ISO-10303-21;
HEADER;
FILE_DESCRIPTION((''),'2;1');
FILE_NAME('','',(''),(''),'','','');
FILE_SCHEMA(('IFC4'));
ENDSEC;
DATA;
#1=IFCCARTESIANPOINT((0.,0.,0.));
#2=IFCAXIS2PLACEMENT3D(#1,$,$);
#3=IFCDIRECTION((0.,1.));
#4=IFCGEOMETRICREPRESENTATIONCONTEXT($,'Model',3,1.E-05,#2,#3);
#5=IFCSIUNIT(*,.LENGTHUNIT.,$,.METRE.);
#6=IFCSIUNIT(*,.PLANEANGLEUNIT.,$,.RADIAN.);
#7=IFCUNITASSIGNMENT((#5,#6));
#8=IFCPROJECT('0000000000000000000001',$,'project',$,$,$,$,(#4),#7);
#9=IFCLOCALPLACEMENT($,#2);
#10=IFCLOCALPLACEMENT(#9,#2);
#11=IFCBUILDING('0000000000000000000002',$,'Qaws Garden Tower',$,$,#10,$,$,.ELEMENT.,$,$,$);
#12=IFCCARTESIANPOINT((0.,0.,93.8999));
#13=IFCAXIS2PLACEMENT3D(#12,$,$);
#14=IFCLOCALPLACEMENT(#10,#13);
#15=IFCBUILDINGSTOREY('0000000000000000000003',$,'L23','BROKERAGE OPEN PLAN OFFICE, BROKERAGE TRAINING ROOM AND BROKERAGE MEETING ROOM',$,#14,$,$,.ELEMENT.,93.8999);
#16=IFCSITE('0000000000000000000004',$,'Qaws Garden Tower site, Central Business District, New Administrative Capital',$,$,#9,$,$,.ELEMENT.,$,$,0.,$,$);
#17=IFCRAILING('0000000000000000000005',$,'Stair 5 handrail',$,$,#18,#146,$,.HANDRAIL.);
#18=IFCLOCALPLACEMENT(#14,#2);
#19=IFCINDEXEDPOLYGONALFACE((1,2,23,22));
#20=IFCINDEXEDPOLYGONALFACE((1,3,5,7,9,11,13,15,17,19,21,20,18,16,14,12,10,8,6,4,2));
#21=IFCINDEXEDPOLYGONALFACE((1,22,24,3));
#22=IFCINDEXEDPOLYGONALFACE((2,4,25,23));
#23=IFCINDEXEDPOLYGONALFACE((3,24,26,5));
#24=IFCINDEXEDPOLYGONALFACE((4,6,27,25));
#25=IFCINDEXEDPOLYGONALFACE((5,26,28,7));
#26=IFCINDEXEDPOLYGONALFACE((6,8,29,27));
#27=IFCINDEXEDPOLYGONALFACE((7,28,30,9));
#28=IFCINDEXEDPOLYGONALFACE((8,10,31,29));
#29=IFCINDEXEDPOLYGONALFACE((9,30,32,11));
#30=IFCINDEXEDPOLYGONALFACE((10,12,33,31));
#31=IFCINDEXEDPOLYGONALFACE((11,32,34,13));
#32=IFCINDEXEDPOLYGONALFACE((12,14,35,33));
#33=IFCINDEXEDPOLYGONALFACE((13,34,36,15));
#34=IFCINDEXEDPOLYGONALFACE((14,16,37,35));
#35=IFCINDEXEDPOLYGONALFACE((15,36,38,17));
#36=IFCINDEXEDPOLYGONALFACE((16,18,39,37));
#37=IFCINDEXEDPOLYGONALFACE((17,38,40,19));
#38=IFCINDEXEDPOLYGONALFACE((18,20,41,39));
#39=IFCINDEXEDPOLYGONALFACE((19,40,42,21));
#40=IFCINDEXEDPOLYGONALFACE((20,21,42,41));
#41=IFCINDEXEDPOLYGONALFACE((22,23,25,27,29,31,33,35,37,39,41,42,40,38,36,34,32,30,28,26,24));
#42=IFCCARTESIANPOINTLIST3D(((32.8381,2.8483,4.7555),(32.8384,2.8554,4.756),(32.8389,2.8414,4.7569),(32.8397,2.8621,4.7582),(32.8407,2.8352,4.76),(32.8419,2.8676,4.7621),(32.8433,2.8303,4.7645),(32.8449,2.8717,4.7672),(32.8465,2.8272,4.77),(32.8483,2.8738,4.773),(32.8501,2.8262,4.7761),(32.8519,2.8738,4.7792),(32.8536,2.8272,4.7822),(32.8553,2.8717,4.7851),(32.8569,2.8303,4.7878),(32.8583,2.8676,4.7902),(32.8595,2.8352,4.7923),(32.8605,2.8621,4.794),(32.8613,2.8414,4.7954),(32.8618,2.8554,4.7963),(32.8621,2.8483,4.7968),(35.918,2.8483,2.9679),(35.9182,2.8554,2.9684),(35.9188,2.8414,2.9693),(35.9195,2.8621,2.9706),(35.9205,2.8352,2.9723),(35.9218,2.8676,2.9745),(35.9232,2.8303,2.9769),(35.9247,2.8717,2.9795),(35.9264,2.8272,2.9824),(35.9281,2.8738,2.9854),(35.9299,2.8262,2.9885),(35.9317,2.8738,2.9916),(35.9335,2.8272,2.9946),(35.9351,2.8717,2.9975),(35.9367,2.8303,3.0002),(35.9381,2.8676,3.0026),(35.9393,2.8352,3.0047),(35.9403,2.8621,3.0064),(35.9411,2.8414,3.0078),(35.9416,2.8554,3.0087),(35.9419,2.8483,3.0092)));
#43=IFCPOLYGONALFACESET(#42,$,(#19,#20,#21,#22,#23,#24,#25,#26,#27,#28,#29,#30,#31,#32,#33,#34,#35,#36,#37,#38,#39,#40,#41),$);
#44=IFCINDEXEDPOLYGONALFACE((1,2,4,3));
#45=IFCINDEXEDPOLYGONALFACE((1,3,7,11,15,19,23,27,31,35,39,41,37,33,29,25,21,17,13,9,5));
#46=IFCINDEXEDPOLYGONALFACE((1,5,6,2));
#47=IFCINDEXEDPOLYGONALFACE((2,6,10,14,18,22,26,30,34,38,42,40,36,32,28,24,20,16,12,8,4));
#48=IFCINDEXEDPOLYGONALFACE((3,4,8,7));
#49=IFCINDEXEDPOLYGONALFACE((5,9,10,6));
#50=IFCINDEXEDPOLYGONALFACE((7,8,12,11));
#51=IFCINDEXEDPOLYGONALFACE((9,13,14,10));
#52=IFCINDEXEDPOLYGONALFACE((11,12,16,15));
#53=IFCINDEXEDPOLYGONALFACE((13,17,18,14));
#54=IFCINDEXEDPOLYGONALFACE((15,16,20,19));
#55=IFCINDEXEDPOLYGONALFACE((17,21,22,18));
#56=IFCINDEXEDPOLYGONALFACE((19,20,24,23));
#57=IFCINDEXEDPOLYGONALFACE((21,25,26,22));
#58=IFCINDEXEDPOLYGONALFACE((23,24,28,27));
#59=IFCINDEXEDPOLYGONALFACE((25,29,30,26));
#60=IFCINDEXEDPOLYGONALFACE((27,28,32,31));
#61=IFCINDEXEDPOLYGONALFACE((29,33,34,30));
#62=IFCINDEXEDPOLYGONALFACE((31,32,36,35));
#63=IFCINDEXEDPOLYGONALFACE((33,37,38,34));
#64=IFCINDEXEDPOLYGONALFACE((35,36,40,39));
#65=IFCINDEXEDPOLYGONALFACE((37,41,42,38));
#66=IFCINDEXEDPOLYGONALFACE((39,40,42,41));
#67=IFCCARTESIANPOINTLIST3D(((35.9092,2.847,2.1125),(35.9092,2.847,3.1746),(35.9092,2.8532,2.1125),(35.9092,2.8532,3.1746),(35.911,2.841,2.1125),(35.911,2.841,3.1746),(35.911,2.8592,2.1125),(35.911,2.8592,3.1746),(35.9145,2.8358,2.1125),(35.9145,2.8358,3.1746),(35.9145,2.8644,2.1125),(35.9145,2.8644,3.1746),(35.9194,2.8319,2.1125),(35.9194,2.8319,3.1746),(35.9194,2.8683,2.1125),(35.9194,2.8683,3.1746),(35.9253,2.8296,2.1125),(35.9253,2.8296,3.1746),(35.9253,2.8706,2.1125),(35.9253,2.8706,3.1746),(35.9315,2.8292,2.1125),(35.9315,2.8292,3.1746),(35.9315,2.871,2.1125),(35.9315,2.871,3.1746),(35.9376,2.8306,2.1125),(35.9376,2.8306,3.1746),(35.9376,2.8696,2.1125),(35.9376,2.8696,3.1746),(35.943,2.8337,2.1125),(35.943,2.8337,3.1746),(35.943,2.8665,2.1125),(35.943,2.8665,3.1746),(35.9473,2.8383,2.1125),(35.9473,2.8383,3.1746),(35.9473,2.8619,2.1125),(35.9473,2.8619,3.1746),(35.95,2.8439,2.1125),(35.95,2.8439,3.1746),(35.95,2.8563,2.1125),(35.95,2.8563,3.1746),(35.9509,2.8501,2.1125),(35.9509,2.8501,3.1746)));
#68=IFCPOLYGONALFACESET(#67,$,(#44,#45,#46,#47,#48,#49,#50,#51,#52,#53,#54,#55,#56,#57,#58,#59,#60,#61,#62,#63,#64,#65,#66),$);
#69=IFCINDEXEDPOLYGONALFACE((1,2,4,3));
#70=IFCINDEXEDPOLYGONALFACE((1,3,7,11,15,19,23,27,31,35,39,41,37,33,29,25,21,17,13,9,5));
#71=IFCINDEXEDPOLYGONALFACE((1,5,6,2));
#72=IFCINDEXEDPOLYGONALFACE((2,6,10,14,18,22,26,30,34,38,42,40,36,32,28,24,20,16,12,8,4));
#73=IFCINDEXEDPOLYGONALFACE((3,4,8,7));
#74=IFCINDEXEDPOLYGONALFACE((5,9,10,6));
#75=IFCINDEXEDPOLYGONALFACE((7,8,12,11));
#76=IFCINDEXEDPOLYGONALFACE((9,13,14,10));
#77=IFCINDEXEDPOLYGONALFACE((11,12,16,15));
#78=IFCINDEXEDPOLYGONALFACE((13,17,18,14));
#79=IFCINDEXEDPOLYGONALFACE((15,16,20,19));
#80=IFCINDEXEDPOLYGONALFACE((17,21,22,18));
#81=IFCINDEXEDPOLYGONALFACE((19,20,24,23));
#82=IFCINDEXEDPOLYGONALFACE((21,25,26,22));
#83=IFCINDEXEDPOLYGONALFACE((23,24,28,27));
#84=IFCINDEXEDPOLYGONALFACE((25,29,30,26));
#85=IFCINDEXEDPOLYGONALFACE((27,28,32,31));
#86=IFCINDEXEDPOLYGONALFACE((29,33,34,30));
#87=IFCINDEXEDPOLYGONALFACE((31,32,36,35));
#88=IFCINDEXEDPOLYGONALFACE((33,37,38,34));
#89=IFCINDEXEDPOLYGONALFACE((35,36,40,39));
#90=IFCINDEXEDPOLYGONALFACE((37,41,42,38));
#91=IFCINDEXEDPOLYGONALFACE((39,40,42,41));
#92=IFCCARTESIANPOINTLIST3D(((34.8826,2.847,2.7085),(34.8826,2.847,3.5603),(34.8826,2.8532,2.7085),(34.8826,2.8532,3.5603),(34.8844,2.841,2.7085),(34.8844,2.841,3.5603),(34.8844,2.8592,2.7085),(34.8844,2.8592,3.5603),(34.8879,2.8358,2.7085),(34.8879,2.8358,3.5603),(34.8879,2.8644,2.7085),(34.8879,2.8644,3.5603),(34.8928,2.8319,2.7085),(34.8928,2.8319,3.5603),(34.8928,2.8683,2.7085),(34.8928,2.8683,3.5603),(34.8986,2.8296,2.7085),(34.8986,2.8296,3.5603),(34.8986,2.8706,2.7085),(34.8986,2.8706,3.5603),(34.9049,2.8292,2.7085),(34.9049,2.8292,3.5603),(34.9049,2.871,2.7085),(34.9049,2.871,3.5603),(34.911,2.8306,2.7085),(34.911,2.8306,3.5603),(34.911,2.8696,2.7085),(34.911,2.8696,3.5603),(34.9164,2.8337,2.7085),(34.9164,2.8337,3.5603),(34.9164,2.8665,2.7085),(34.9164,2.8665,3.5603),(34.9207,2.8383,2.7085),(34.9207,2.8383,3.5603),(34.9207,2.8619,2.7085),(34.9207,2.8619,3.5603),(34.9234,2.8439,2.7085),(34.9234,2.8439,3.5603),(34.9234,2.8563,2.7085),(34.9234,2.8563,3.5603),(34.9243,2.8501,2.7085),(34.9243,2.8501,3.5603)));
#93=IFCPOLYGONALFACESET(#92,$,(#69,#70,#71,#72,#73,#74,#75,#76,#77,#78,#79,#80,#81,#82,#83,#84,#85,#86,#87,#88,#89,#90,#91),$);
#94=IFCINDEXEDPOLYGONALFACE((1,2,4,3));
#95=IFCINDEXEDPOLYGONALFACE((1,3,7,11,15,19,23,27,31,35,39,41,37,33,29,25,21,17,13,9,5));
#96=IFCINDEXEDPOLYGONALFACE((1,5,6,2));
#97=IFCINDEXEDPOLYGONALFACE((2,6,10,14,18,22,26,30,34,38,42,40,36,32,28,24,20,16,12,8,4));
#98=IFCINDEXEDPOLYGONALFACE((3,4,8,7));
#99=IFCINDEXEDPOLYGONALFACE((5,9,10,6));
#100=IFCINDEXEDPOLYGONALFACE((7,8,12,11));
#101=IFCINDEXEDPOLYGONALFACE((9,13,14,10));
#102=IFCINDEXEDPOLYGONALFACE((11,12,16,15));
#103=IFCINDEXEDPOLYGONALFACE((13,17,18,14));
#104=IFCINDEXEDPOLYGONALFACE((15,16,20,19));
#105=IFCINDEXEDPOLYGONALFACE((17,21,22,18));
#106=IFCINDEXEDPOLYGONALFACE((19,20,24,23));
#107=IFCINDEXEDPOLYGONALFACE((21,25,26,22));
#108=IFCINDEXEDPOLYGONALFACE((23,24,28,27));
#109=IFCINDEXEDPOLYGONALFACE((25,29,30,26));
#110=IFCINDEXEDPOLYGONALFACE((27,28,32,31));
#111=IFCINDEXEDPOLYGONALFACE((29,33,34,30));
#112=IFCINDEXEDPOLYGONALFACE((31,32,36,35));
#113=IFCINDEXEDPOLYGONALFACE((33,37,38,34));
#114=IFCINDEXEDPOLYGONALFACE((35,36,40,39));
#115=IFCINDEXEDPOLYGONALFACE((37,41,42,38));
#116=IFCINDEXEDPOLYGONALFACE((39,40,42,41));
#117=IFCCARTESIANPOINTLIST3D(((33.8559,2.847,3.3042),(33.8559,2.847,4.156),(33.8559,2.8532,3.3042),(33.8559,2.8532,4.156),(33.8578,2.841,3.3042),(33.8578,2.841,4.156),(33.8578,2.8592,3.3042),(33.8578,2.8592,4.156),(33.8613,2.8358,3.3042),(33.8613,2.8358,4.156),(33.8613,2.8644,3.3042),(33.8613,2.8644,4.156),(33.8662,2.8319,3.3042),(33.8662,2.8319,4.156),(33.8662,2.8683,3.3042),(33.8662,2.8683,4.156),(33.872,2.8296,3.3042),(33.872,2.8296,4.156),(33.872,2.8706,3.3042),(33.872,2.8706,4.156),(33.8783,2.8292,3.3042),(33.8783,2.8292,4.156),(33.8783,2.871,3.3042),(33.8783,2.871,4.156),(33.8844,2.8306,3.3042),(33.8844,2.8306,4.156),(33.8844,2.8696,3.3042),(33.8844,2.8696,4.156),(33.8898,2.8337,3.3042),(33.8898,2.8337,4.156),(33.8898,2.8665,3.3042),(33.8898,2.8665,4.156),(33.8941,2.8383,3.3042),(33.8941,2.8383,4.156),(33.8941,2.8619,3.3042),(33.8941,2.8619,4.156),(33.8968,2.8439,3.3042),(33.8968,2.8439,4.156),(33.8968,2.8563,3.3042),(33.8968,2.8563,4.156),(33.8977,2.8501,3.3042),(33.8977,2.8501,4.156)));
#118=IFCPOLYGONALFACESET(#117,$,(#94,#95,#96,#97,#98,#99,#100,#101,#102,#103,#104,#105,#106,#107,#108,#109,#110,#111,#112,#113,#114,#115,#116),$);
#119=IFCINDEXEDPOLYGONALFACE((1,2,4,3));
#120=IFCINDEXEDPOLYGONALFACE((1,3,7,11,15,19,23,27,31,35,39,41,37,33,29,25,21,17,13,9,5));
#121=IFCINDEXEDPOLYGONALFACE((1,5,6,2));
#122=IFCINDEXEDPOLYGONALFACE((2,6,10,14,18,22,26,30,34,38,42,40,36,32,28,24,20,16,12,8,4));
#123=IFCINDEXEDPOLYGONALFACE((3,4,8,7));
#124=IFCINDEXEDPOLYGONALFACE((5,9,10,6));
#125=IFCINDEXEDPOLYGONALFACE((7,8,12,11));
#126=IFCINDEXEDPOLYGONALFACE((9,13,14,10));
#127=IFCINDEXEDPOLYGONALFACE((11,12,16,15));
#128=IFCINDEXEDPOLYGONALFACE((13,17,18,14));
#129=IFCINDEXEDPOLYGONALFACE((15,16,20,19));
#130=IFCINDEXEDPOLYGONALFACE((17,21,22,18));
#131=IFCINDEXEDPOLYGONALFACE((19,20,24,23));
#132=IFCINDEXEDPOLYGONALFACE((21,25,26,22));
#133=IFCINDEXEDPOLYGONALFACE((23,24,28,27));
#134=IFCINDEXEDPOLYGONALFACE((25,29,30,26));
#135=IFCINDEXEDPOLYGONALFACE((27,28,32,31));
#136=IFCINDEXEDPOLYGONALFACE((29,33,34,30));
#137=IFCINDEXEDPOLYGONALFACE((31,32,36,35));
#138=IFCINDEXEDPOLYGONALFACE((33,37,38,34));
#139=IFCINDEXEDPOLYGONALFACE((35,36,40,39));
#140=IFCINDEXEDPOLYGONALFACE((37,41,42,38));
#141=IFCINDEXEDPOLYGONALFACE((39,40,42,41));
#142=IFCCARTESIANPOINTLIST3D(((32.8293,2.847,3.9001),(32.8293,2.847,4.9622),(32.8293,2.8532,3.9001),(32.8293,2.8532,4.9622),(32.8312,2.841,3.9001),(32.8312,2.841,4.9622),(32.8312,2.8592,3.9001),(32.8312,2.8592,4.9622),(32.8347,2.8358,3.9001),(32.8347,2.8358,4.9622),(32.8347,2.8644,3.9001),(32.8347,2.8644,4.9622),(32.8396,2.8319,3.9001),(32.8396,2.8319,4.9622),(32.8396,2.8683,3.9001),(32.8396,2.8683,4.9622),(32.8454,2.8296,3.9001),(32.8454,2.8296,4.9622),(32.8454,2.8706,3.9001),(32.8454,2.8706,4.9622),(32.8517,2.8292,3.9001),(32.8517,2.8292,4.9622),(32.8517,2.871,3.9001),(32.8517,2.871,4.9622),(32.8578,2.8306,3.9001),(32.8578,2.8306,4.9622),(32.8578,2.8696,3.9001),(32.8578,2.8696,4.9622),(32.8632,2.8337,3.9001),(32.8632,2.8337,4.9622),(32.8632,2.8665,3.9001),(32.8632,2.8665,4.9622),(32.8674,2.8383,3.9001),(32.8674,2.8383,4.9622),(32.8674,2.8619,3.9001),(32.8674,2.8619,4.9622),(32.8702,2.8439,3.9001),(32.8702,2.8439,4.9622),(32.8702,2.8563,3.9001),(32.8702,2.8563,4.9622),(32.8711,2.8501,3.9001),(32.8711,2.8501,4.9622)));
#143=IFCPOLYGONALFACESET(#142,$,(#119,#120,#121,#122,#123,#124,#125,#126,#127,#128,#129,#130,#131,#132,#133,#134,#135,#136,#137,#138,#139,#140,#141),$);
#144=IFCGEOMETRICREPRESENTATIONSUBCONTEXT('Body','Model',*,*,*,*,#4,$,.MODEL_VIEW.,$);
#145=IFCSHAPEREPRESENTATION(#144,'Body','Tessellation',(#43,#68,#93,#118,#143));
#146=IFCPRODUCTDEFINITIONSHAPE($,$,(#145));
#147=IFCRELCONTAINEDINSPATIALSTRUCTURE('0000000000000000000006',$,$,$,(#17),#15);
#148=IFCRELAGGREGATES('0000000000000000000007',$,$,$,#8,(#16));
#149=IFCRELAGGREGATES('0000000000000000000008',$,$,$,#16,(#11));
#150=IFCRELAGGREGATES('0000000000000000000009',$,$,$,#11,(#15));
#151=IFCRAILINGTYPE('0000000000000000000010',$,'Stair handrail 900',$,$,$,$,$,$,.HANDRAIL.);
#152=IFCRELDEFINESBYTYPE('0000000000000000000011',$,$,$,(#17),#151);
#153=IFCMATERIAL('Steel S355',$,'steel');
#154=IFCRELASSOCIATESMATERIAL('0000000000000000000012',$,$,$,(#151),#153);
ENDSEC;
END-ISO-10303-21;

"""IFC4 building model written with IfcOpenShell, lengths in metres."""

from ifc_helpers import new_model, si_unit, direction, frame, origin, origin_2d, place, context, subcontext, project, spatial, circle, extrude, material, type_object, element, save


model = new_model("IFC4")

# Units and contexts
model_context = context("Model", 3, precision=1e-05, world=origin(), true_north=direction((0.0, 1.0)))
body_context = subcontext(model_context, "Body", "Model", "MODEL_VIEW")
ifc_project = project(units=[si_unit("LENGTHUNIT", "METRE"), si_unit("PLANEANGLEUNIT", "RADIAN")], contexts=[model_context])

# Site, building, storey
site_placement = place(None, origin())
site = spatial("IfcSite", under=ifc_project, at=site_placement, Name="Qaws Garden Tower site, Central Business District, New Administrative Capital", CompositionType="ELEMENT", RefElevation=0.0)
building_placement = place(site_placement, origin())
building = spatial("IfcBuilding", under=site, at=building_placement, Name="Qaws Garden Tower", CompositionType="ELEMENT")
storey_placement = place(building_placement, frame((0.0, 0.0, 93.8999)))
storey = spatial("IfcBuildingStorey", under=building, at=storey_placement, Name="L23", Description="BROKERAGE OPEN PLAN OFFICE, BROKERAGE TRAINING ROOM AND BROKERAGE MEETING ROOM", CompositionType="ELEMENT", Elevation=93.8999)

# Railing
ifc_material_1 = material(Name="Steel S355", Category="steel")
railing_type = type_object("IfcRailingType", Name="Stair handrail 900", PredefinedType="HANDRAIL", material=ifc_material_1)
railing_1_placement = place(storey_placement, frame((35.9299, 2.8501, 2.1125)))
element("IfcRailing", 1, at=railing_1_placement, inside=storey, type_object=railing_type, Name="Stair 5 handrail", PredefinedType="HANDRAIL", context=body_context, shape_type="SweptSolid", body=[
    extrude(circle(Radius=0.0239, at=origin_2d()), frame((0.0, 0.0, 0.876), z_axis=(-0.864873, 0.0, 0.50199), x_axis=(0.0, -1.0, 0.0)), (0.0, 0.0, 1.0), 3.561),
    extrude(circle(Radius=0.021, at=origin_2d()), origin(), (0.0, 0.0, 1.0), 1.062),
    extrude(circle(Radius=0.021, at=origin_2d()), frame((-1.0266, 0.0, 0.5959)), (0.0, 0.0, 1.0), 0.8518),
    extrude(circle(Radius=0.021, at=origin_2d()), frame((-2.0532, 0.0, 1.1917)), (0.0, 0.0, 1.0), 0.8518),
    extrude(circle(Radius=0.021, at=origin_2d()), frame((-3.0798, 0.0, 1.7876)), (0.0, 0.0, 1.0), 1.062),
])

save(model, "model.ifc")
